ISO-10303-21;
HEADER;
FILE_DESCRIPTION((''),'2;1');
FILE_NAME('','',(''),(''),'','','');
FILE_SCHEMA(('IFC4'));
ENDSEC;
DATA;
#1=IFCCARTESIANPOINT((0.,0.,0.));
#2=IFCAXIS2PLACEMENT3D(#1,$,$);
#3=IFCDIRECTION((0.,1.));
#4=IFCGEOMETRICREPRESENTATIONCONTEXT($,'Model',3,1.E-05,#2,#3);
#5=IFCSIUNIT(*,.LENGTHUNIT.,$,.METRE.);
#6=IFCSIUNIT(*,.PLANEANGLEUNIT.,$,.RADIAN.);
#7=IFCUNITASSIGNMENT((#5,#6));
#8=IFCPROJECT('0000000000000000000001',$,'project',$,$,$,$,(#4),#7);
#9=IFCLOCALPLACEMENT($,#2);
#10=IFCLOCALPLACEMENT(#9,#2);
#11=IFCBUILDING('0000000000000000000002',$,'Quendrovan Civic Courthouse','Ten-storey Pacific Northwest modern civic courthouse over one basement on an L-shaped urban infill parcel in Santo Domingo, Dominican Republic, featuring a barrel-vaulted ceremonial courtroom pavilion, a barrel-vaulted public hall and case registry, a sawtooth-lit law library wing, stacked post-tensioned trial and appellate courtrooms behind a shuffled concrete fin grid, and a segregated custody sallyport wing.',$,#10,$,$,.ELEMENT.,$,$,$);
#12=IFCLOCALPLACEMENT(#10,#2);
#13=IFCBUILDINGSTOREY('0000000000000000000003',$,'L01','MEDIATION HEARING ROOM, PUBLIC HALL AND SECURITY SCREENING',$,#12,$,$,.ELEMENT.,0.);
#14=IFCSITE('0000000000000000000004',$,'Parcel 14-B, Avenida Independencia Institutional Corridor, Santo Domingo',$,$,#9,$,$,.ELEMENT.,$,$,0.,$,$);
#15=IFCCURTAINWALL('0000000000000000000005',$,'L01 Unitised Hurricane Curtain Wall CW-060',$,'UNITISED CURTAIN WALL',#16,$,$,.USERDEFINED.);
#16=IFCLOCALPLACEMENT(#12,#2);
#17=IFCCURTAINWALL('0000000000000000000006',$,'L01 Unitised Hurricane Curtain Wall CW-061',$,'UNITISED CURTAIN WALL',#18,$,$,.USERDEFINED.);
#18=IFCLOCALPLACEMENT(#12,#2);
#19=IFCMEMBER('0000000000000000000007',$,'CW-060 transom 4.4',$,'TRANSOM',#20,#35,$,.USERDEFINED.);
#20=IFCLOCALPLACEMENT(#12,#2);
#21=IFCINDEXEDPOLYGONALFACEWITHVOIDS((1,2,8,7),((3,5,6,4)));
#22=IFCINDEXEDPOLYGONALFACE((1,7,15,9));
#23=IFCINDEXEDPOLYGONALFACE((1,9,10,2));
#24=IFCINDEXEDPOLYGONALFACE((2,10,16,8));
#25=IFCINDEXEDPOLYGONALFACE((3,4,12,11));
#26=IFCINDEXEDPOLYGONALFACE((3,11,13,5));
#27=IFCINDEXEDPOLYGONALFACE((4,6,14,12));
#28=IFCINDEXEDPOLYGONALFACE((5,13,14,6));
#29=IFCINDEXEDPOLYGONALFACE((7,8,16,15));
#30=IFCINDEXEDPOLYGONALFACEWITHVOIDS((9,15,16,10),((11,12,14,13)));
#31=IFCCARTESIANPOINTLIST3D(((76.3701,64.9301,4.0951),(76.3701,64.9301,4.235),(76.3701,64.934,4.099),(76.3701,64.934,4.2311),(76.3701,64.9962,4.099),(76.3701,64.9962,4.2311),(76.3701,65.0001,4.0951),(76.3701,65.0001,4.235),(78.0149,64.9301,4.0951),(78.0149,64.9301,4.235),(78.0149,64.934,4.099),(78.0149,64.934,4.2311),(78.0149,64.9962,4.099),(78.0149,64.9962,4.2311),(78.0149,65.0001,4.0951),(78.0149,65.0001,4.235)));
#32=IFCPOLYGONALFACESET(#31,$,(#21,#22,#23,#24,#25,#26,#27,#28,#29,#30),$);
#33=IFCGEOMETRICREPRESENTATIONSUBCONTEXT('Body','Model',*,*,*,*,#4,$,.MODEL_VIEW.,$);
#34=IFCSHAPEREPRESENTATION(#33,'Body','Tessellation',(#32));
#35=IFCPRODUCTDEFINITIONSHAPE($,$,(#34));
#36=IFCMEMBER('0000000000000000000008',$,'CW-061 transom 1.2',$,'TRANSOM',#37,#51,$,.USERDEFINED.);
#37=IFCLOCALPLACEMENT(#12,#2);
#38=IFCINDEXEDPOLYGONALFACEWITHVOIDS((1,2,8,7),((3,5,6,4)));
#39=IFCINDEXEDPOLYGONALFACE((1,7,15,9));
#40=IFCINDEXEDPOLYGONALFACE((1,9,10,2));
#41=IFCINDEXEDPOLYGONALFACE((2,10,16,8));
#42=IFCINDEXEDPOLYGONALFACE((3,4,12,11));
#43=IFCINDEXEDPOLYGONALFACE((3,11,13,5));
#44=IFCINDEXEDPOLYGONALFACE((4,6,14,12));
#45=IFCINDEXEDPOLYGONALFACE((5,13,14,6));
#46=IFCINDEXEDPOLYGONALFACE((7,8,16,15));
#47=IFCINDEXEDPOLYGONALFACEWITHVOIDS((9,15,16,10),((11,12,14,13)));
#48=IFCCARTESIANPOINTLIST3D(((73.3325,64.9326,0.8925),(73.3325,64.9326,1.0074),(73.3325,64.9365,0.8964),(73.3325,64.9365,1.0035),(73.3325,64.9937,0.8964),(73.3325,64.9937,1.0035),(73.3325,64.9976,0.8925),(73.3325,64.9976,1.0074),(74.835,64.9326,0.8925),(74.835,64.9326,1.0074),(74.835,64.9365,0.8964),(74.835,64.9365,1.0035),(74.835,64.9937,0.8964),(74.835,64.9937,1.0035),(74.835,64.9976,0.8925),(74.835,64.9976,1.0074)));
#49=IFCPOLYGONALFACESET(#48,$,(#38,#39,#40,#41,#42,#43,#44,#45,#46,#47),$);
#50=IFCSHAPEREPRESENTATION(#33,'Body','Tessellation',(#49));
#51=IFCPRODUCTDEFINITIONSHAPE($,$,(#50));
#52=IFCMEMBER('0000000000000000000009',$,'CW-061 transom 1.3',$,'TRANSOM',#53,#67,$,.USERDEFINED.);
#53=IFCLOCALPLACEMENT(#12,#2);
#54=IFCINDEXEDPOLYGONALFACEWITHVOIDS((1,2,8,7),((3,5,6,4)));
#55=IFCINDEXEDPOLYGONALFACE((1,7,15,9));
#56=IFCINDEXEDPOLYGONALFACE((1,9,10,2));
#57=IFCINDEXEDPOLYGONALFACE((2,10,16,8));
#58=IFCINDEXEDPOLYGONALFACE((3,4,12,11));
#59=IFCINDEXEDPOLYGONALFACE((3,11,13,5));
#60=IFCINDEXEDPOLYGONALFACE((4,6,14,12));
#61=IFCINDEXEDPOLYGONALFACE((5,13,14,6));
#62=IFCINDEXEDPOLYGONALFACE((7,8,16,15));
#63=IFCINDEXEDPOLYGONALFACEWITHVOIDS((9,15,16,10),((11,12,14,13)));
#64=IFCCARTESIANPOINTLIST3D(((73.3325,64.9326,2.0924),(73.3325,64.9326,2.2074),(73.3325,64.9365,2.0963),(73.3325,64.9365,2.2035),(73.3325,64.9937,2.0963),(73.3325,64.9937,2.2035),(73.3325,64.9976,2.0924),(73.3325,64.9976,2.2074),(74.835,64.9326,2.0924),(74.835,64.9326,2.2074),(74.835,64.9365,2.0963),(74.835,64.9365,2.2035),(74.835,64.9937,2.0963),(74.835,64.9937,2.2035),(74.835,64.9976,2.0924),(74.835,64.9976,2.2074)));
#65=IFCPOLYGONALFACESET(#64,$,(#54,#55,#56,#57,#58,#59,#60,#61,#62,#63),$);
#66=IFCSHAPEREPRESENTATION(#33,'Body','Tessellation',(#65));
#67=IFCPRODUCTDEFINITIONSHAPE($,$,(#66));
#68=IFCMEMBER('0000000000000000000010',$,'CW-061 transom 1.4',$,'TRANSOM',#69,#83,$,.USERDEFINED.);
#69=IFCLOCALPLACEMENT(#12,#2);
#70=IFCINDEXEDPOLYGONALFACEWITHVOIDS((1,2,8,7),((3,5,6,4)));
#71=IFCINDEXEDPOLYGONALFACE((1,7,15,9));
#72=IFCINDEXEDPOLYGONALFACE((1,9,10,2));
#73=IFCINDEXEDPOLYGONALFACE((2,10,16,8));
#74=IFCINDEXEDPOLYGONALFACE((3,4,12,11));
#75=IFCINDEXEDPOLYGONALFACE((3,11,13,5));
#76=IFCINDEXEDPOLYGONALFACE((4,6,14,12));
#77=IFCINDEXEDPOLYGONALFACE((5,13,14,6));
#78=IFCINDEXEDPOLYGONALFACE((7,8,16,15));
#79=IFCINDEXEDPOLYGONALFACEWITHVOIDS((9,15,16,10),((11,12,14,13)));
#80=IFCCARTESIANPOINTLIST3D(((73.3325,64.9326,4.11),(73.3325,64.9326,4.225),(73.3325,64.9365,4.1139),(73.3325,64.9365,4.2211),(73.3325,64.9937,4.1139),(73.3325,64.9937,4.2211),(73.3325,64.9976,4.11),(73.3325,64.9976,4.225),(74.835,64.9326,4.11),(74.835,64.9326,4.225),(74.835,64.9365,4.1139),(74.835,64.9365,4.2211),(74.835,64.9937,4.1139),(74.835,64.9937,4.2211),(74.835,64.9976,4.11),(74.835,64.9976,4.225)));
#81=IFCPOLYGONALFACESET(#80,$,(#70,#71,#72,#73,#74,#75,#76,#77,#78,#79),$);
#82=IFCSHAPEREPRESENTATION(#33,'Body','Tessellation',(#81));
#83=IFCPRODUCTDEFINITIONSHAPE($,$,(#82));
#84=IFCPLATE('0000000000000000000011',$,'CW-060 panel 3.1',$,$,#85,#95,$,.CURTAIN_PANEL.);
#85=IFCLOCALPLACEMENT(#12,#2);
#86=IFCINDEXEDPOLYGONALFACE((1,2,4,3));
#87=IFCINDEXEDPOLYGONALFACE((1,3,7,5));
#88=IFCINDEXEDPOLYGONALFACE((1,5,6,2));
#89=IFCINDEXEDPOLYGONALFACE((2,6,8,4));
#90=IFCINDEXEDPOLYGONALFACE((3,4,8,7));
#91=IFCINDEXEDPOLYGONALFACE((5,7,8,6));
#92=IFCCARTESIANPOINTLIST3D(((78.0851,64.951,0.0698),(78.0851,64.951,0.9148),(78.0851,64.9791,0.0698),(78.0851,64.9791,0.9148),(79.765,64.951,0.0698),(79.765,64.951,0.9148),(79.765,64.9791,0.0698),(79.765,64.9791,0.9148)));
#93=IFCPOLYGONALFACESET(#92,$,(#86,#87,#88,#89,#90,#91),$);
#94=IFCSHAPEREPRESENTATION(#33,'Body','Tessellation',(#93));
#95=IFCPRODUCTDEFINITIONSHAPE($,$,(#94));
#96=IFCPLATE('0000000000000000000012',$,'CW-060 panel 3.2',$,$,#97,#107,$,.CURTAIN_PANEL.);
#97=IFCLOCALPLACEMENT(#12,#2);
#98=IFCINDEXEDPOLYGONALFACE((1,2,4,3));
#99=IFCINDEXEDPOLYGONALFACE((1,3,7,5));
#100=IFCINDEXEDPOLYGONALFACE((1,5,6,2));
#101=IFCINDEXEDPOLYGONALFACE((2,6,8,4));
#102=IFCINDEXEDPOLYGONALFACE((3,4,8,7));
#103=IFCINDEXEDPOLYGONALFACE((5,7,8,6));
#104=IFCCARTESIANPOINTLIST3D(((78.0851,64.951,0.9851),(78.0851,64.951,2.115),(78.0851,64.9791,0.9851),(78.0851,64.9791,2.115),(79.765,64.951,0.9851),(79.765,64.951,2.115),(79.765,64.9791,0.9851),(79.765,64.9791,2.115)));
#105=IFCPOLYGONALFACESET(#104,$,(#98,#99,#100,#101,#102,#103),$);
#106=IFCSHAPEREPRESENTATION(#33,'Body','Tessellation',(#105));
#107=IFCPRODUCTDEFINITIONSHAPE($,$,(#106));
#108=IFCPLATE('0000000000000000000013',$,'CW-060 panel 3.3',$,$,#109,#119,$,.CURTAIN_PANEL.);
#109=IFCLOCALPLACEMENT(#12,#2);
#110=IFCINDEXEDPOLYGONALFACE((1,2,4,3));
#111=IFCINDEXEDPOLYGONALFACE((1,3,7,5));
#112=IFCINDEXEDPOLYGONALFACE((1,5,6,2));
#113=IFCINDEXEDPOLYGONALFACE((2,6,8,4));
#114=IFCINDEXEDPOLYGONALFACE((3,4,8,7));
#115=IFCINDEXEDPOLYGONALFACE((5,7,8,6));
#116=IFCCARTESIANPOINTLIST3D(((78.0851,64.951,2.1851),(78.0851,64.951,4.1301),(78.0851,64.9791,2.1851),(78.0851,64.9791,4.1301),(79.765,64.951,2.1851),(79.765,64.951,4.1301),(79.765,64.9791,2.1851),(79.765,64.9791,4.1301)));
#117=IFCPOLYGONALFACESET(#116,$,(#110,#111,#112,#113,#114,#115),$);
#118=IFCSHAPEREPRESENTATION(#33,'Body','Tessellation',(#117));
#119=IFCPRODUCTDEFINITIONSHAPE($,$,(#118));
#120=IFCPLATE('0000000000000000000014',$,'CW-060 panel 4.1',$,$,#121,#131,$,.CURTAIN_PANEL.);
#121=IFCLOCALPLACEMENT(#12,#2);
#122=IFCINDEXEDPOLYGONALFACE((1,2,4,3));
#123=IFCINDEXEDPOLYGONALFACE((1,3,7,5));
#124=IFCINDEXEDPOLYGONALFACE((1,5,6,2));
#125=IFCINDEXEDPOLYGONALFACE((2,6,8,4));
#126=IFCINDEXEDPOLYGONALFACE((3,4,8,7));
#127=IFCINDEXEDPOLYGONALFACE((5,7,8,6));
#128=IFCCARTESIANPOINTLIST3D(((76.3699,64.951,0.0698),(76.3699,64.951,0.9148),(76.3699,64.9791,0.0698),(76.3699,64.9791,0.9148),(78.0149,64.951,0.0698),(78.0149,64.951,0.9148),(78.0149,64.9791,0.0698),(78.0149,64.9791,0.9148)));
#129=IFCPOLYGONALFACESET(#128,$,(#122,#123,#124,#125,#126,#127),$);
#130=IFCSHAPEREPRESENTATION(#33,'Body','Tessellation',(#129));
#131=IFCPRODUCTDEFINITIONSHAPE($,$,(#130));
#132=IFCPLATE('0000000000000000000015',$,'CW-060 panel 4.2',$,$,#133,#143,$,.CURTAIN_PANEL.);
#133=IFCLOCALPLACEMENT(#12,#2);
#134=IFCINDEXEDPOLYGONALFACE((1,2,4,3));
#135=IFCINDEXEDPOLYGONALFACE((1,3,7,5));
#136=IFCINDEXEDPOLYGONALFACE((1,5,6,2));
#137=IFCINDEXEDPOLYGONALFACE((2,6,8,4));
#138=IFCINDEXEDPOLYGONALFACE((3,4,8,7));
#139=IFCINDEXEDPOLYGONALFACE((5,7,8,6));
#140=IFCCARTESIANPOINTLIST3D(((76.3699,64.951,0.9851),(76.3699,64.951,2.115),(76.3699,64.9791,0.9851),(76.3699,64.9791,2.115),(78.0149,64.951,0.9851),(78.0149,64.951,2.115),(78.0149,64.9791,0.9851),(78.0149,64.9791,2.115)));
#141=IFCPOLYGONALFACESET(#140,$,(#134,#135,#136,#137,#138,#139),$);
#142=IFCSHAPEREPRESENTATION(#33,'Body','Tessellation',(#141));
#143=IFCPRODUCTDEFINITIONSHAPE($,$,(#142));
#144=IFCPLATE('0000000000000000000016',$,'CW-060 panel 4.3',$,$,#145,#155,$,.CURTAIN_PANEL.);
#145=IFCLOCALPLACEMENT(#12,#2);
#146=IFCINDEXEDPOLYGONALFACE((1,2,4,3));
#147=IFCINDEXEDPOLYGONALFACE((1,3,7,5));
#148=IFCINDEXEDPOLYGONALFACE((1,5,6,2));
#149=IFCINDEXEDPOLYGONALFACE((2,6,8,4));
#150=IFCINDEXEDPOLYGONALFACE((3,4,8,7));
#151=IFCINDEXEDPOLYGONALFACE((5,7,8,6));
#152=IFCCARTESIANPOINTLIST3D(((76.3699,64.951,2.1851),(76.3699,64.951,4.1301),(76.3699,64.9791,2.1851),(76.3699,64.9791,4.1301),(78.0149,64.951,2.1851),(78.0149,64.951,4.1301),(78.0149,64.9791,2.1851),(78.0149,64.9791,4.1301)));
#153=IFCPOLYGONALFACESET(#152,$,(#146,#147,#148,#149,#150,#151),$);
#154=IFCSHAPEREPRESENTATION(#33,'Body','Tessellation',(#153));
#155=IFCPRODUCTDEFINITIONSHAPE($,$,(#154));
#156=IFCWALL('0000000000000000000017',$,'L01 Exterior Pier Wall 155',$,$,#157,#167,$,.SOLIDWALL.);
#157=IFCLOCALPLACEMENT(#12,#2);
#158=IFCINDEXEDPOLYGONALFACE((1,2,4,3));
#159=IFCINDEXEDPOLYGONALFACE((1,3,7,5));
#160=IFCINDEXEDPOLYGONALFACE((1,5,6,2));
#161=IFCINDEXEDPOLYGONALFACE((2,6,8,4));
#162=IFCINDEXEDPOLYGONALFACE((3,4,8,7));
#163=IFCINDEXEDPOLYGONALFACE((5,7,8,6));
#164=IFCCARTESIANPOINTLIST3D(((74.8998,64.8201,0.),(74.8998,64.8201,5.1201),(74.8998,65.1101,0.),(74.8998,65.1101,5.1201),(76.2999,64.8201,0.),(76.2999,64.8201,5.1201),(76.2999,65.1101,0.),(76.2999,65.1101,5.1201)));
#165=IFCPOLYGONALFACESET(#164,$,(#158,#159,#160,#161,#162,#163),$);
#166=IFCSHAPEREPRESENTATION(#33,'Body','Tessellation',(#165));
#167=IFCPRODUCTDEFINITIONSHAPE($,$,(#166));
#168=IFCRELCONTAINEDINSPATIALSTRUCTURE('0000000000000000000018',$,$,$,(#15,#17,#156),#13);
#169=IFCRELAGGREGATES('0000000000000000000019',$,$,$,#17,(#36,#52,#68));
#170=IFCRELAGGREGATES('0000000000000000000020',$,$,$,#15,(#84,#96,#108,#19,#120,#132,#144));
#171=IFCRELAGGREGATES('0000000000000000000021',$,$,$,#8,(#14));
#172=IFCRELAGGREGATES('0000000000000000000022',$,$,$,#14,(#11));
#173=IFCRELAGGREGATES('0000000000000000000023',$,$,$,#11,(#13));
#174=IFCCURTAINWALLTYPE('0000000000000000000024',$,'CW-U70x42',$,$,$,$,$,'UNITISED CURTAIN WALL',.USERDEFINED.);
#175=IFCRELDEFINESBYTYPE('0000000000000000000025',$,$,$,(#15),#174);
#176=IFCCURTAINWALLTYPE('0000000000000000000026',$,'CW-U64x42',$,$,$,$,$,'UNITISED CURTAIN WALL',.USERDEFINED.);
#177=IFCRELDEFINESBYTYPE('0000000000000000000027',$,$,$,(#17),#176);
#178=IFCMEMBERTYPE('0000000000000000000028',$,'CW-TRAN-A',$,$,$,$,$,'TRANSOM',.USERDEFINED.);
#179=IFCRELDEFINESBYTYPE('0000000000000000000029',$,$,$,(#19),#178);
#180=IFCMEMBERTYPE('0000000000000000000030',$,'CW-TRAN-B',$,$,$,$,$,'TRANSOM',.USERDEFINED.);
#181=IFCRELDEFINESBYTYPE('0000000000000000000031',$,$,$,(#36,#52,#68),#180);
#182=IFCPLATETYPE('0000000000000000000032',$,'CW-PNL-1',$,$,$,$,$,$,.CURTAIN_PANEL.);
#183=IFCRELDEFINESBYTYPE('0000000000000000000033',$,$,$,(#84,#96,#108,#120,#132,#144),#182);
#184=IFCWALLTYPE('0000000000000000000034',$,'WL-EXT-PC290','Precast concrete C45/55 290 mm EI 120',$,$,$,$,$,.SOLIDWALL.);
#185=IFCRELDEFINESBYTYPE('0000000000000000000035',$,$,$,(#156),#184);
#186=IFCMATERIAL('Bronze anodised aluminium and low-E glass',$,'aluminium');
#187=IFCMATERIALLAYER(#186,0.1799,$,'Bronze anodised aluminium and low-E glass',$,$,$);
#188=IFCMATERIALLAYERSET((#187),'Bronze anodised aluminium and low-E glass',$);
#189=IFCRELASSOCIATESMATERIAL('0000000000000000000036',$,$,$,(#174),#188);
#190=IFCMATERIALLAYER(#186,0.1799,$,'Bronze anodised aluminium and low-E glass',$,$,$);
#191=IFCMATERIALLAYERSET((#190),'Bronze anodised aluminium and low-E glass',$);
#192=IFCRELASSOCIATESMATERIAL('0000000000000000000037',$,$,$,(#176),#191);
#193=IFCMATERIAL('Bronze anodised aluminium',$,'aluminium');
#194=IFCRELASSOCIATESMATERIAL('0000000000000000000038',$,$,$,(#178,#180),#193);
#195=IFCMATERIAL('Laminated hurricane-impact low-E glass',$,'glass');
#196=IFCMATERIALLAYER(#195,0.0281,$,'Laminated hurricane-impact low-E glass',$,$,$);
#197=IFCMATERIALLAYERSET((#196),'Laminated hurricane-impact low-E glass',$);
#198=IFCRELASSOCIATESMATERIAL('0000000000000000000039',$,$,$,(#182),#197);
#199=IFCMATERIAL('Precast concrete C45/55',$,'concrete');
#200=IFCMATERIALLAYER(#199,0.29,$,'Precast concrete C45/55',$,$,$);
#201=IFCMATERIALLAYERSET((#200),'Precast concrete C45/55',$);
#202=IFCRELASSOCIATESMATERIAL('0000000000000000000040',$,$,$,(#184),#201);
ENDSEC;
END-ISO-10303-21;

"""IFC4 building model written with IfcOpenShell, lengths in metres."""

from ifc_helpers import new_model, si_unit, direction, frame, frame_2d, origin, origin_2d, place, context, subcontext, project, spatial, rectangle, hollow_rectangle, extrude, material, layer, layer_set, material_profile, profile_set, type_object, element, aggregate, save


model = new_model("IFC4")

# Units and contexts
model_context = context("Model", 3, precision=1e-05, world=origin(), true_north=direction((0.0, 1.0)))
body_context = subcontext(model_context, "Body", "Model", "MODEL_VIEW")
ifc_project = project(units=[si_unit("LENGTHUNIT", "METRE"), si_unit("PLANEANGLEUNIT", "RADIAN")], contexts=[model_context])

# Site, building, storey
site_placement = place(None, origin())
site = spatial("IfcSite", under=ifc_project, at=site_placement, Name="Parcel 14-B, Avenida Independencia Institutional Corridor, Santo Domingo", CompositionType="ELEMENT", RefElevation=0.0)
building_placement = place(site_placement, origin())
building = spatial("IfcBuilding", under=site, at=building_placement, Name="Quendrovan Civic Courthouse", Description="Ten-storey Pacific Northwest modern civic courthouse over one basement on an L-shaped urban infill parcel in Santo Domingo, Dominican Republic, featuring a barrel-vaulted ceremonial courtroom pavilion, a barrel-vaulted public hall and case registry, a sawtooth-lit law library wing, stacked post-tensioned trial and appellate courtrooms behind a shuffled concrete fin grid, and a segregated custody sallyport wing.", CompositionType="ELEMENT")
storey_placement = place(building_placement, origin())
storey = spatial("IfcBuildingStorey", under=building, at=storey_placement, Name="L01", Description="MEDIATION HEARING ROOM, PUBLIC HALL AND SECURITY SCREENING", CompositionType="ELEMENT", Elevation=0.0)

# Curtain wall
ifc_material_1 = material(Name="Bronze anodised aluminium and low-E glass", Category="aluminium")
ifc_layer_1 = layer(ifc_material_1, 0.1799, Name="Bronze anodised aluminium and low-E glass")
ifc_layer_set_1 = layer_set([ifc_layer_1], Name="Bronze anodised aluminium and low-E glass")
curtain_wall_type_1 = type_object("IfcCurtainWallType", Name="CW-U70x42", ElementType="UNITISED CURTAIN WALL", PredefinedType="USERDEFINED", material=ifc_layer_set_1)
curtain_wall_1_placement = place(storey_placement, origin())
curtain_wall_1 = element("IfcCurtainWall", 1, at=curtain_wall_1_placement, inside=storey, type_object=curtain_wall_type_1, Name="L01 Unitised Hurricane Curtain Wall CW-060", ObjectType="UNITISED CURTAIN WALL", PredefinedType="USERDEFINED")
ifc_material_2 = material(Name="Bronze anodised aluminium", Category="aluminium")

# Curtain wall
ifc_layer_2 = layer(ifc_material_1, 0.1799, Name="Bronze anodised aluminium and low-E glass")
ifc_layer_set_2 = layer_set([ifc_layer_2], Name="Bronze anodised aluminium and low-E glass")
curtain_wall_type_2 = type_object("IfcCurtainWallType", Name="CW-U64x42", ElementType="UNITISED CURTAIN WALL", PredefinedType="USERDEFINED", material=ifc_layer_set_2)
curtain_wall_2_placement = place(storey_placement, origin())
curtain_wall_2 = element("IfcCurtainWall", 2, at=curtain_wall_2_placement, inside=storey, type_object=curtain_wall_type_2, Name="L01 Unitised Hurricane Curtain Wall CW-061", ObjectType="UNITISED CURTAIN WALL", PredefinedType="USERDEFINED")

# Members
ifc_material_profile_1 = material_profile(ifc_material_2, hollow_rectangle(XDim=0.0701, YDim=0.1399, WallThickness=0.0039, at=origin_2d()), Name="CW-TRAN-70x140")
ifc_profile_set_1 = profile_set([ifc_material_profile_1], Name="Bronze anodised aluminium")
member_type_1 = type_object("IfcMemberType", Name="CW-TRAN-A", ElementType="TRANSOM", PredefinedType="USERDEFINED", material=ifc_profile_set_1)
member_1_placement = place(storey_placement, frame((78.0149, 64.9651, 4.165), z_axis=(-1.0, 0.0, 0.0), x_axis=(0.0, -1.0, 0.0)))
member_1 = element("IfcMember", 3, at=member_1_placement, type_object=member_type_1, Name="CW-060 transom 4.4", ObjectType="TRANSOM", PredefinedType="USERDEFINED", context=body_context, shape_type="SweptSolid", body=[
    extrude(hollow_rectangle(XDim=0.0701, YDim=0.1399, WallThickness=0.0039, at=origin_2d()), origin(), (0.0, 0.0, 1.0), 1.6448),
])
ifc_material_profile_2 = material_profile(ifc_material_2, hollow_rectangle(XDim=0.0649, YDim=0.115, WallThickness=0.0039, at=origin_2d()), Name="CW-TRAN-65x115")
ifc_profile_set_2 = profile_set([ifc_material_profile_2], Name="Bronze anodised aluminium")
member_type_2 = type_object("IfcMemberType", Name="CW-TRAN-B", ElementType="TRANSOM", PredefinedType="USERDEFINED", material=ifc_profile_set_2)
member_2_placement = place(storey_placement, frame((74.835, 64.9651, 0.95), z_axis=(-1.0, 0.0, 0.0), x_axis=(0.0, -1.0, 0.0)))
member_2 = element("IfcMember", 4, at=member_2_placement, type_object=member_type_2, Name="CW-061 transom 1.2", ObjectType="TRANSOM", PredefinedType="USERDEFINED", context=body_context, shape_type="SweptSolid", body=[
    extrude(hollow_rectangle(XDim=0.0649, YDim=0.115, WallThickness=0.0039, at=origin_2d()), origin(), (0.0, 0.0, 1.0), 1.5024),
])
member_3_placement = place(storey_placement, frame((74.835, 64.9651, 2.1499), z_axis=(-1.0, 0.0, 0.0), x_axis=(0.0, -1.0, 0.0)))
member_3 = element("IfcMember", 5, at=member_3_placement, type_object=member_type_2, Name="CW-061 transom 1.3", ObjectType="TRANSOM", PredefinedType="USERDEFINED", context=body_context, shape_type="SweptSolid", body=[
    extrude(hollow_rectangle(XDim=0.0649, YDim=0.115, WallThickness=0.0039, at=origin_2d()), origin(), (0.0, 0.0, 1.0), 1.5024),
])
member_4_placement = place(storey_placement, frame((74.835, 64.9651, 4.1675), z_axis=(-1.0, 0.0, 0.0), x_axis=(0.0, -1.0, 0.0)))
member_4 = element("IfcMember", 6, at=member_4_placement, type_object=member_type_2, Name="CW-061 transom 1.4", ObjectType="TRANSOM", PredefinedType="USERDEFINED", context=body_context, shape_type="SweptSolid", body=[
    extrude(hollow_rectangle(XDim=0.0649, YDim=0.115, WallThickness=0.0039, at=origin_2d()), origin(), (0.0, 0.0, 1.0), 1.5024),
])
aggregate(curtain_wall_2, [member_2, member_3, member_4])

# Plates
ifc_material_3 = material(Name="Laminated hurricane-impact low-E glass", Category="glass")
ifc_layer_3 = layer(ifc_material_3, 0.0281, Name="Laminated hurricane-impact low-E glass")
ifc_layer_set_3 = layer_set([ifc_layer_3], Name="Laminated hurricane-impact low-E glass")
plate_type = type_object("IfcPlateType", Name="CW-PNL-1", PredefinedType="CURTAIN_PANEL", material=ifc_layer_set_3)
plate_1_placement = place(storey_placement, frame((78.925, 64.9651, 0.0698), z_axis=(0.0, 0.0, 1.0), x_axis=(-1.0, 0.0, 0.0)))
plate_1 = element("IfcPlate", 7, at=plate_1_placement, type_object=plate_type, Name="CW-060 panel 3.1", PredefinedType="CURTAIN_PANEL", context=body_context, shape_type="SweptSolid", body=[
    extrude(rectangle(XDim=1.6799, YDim=0.0281, at=origin_2d()), origin(), (0.0, 0.0, 1.0), 0.845),
])
plate_2_placement = place(storey_placement, frame((78.925, 64.9651, 0.9851), z_axis=(0.0, 0.0, 1.0), x_axis=(-1.0, 0.0, 0.0)))
plate_2 = element("IfcPlate", 8, at=plate_2_placement, type_object=plate_type, Name="CW-060 panel 3.2", PredefinedType="CURTAIN_PANEL", context=body_context, shape_type="SweptSolid", body=[
    extrude(rectangle(XDim=1.6799, YDim=0.0281, at=origin_2d()), origin(), (0.0, 0.0, 1.0), 1.1299),
])
plate_3_placement = place(storey_placement, frame((78.925, 64.9651, 2.1851), z_axis=(0.0, 0.0, 1.0), x_axis=(-1.0, 0.0, 0.0)))
plate_3 = element("IfcPlate", 9, at=plate_3_placement, type_object=plate_type, Name="CW-060 panel 3.3", PredefinedType="CURTAIN_PANEL", context=body_context, shape_type="SweptSolid", body=[
    extrude(rectangle(XDim=1.6799, YDim=0.0281, at=origin_2d()), origin(), (0.0, 0.0, 1.0), 1.9451),
])
plate_4_placement = place(storey_placement, frame((77.1924, 64.9651, 0.0698), z_axis=(0.0, 0.0, 1.0), x_axis=(-1.0, 0.0, 0.0)))
plate_4 = element("IfcPlate", 10, at=plate_4_placement, type_object=plate_type, Name="CW-060 panel 4.1", PredefinedType="CURTAIN_PANEL", context=body_context, shape_type="SweptSolid", body=[
    extrude(rectangle(XDim=1.645, YDim=0.0281, at=origin_2d()), origin(), (0.0, 0.0, 1.0), 0.845),
])
plate_5_placement = place(storey_placement, frame((77.1924, 64.9651, 0.9851), z_axis=(0.0, 0.0, 1.0), x_axis=(-1.0, 0.0, 0.0)))
plate_5 = element("IfcPlate", 11, at=plate_5_placement, type_object=plate_type, Name="CW-060 panel 4.2", PredefinedType="CURTAIN_PANEL", context=body_context, shape_type="SweptSolid", body=[
    extrude(rectangle(XDim=1.645, YDim=0.0281, at=origin_2d()), origin(), (0.0, 0.0, 1.0), 1.1299),
])
plate_6_placement = place(storey_placement, frame((77.1924, 64.9651, 2.1851), z_axis=(0.0, 0.0, 1.0), x_axis=(-1.0, 0.0, 0.0)))
plate_6 = element("IfcPlate", 12, at=plate_6_placement, type_object=plate_type, Name="CW-060 panel 4.3", PredefinedType="CURTAIN_PANEL", context=body_context, shape_type="SweptSolid", body=[
    extrude(rectangle(XDim=1.645, YDim=0.0281, at=origin_2d()), origin(), (0.0, 0.0, 1.0), 1.9451),
])
aggregate(curtain_wall_1, [plate_1, plate_2, plate_3, member_1, plate_4, plate_5, plate_6])

# Wall
ifc_material_4 = material(Name="Precast concrete C45/55", Category="concrete")
ifc_layer_4 = layer(ifc_material_4, 0.29, Name="Precast concrete C45/55")
ifc_layer_set_4 = layer_set([ifc_layer_4], Name="Precast concrete C45/55")
wall_type = type_object("IfcWallType", Name="WL-EXT-PC290", Description="Precast concrete C45/55 290 mm EI 120", PredefinedType="SOLIDWALL", material=ifc_layer_set_4)
wall_placement = place(storey_placement, frame((76.3, 64.9651, 0.0), z_axis=(0.0, 0.0, 1.0), x_axis=(-1.0, 0.0, 0.0)))
element("IfcWall", 13, at=wall_placement, inside=storey, type_object=wall_type, Name="L01 Exterior Pier Wall 155", PredefinedType="SOLIDWALL", context=body_context, shape_type="SweptSolid", body=[
    extrude(rectangle(XDim=1.4001, YDim=0.29, at=frame_2d((0.7002, 0.0))), origin(), (0.0, 0.0, 1.0), 5.1201),
])

save(model, "model.ifc")
